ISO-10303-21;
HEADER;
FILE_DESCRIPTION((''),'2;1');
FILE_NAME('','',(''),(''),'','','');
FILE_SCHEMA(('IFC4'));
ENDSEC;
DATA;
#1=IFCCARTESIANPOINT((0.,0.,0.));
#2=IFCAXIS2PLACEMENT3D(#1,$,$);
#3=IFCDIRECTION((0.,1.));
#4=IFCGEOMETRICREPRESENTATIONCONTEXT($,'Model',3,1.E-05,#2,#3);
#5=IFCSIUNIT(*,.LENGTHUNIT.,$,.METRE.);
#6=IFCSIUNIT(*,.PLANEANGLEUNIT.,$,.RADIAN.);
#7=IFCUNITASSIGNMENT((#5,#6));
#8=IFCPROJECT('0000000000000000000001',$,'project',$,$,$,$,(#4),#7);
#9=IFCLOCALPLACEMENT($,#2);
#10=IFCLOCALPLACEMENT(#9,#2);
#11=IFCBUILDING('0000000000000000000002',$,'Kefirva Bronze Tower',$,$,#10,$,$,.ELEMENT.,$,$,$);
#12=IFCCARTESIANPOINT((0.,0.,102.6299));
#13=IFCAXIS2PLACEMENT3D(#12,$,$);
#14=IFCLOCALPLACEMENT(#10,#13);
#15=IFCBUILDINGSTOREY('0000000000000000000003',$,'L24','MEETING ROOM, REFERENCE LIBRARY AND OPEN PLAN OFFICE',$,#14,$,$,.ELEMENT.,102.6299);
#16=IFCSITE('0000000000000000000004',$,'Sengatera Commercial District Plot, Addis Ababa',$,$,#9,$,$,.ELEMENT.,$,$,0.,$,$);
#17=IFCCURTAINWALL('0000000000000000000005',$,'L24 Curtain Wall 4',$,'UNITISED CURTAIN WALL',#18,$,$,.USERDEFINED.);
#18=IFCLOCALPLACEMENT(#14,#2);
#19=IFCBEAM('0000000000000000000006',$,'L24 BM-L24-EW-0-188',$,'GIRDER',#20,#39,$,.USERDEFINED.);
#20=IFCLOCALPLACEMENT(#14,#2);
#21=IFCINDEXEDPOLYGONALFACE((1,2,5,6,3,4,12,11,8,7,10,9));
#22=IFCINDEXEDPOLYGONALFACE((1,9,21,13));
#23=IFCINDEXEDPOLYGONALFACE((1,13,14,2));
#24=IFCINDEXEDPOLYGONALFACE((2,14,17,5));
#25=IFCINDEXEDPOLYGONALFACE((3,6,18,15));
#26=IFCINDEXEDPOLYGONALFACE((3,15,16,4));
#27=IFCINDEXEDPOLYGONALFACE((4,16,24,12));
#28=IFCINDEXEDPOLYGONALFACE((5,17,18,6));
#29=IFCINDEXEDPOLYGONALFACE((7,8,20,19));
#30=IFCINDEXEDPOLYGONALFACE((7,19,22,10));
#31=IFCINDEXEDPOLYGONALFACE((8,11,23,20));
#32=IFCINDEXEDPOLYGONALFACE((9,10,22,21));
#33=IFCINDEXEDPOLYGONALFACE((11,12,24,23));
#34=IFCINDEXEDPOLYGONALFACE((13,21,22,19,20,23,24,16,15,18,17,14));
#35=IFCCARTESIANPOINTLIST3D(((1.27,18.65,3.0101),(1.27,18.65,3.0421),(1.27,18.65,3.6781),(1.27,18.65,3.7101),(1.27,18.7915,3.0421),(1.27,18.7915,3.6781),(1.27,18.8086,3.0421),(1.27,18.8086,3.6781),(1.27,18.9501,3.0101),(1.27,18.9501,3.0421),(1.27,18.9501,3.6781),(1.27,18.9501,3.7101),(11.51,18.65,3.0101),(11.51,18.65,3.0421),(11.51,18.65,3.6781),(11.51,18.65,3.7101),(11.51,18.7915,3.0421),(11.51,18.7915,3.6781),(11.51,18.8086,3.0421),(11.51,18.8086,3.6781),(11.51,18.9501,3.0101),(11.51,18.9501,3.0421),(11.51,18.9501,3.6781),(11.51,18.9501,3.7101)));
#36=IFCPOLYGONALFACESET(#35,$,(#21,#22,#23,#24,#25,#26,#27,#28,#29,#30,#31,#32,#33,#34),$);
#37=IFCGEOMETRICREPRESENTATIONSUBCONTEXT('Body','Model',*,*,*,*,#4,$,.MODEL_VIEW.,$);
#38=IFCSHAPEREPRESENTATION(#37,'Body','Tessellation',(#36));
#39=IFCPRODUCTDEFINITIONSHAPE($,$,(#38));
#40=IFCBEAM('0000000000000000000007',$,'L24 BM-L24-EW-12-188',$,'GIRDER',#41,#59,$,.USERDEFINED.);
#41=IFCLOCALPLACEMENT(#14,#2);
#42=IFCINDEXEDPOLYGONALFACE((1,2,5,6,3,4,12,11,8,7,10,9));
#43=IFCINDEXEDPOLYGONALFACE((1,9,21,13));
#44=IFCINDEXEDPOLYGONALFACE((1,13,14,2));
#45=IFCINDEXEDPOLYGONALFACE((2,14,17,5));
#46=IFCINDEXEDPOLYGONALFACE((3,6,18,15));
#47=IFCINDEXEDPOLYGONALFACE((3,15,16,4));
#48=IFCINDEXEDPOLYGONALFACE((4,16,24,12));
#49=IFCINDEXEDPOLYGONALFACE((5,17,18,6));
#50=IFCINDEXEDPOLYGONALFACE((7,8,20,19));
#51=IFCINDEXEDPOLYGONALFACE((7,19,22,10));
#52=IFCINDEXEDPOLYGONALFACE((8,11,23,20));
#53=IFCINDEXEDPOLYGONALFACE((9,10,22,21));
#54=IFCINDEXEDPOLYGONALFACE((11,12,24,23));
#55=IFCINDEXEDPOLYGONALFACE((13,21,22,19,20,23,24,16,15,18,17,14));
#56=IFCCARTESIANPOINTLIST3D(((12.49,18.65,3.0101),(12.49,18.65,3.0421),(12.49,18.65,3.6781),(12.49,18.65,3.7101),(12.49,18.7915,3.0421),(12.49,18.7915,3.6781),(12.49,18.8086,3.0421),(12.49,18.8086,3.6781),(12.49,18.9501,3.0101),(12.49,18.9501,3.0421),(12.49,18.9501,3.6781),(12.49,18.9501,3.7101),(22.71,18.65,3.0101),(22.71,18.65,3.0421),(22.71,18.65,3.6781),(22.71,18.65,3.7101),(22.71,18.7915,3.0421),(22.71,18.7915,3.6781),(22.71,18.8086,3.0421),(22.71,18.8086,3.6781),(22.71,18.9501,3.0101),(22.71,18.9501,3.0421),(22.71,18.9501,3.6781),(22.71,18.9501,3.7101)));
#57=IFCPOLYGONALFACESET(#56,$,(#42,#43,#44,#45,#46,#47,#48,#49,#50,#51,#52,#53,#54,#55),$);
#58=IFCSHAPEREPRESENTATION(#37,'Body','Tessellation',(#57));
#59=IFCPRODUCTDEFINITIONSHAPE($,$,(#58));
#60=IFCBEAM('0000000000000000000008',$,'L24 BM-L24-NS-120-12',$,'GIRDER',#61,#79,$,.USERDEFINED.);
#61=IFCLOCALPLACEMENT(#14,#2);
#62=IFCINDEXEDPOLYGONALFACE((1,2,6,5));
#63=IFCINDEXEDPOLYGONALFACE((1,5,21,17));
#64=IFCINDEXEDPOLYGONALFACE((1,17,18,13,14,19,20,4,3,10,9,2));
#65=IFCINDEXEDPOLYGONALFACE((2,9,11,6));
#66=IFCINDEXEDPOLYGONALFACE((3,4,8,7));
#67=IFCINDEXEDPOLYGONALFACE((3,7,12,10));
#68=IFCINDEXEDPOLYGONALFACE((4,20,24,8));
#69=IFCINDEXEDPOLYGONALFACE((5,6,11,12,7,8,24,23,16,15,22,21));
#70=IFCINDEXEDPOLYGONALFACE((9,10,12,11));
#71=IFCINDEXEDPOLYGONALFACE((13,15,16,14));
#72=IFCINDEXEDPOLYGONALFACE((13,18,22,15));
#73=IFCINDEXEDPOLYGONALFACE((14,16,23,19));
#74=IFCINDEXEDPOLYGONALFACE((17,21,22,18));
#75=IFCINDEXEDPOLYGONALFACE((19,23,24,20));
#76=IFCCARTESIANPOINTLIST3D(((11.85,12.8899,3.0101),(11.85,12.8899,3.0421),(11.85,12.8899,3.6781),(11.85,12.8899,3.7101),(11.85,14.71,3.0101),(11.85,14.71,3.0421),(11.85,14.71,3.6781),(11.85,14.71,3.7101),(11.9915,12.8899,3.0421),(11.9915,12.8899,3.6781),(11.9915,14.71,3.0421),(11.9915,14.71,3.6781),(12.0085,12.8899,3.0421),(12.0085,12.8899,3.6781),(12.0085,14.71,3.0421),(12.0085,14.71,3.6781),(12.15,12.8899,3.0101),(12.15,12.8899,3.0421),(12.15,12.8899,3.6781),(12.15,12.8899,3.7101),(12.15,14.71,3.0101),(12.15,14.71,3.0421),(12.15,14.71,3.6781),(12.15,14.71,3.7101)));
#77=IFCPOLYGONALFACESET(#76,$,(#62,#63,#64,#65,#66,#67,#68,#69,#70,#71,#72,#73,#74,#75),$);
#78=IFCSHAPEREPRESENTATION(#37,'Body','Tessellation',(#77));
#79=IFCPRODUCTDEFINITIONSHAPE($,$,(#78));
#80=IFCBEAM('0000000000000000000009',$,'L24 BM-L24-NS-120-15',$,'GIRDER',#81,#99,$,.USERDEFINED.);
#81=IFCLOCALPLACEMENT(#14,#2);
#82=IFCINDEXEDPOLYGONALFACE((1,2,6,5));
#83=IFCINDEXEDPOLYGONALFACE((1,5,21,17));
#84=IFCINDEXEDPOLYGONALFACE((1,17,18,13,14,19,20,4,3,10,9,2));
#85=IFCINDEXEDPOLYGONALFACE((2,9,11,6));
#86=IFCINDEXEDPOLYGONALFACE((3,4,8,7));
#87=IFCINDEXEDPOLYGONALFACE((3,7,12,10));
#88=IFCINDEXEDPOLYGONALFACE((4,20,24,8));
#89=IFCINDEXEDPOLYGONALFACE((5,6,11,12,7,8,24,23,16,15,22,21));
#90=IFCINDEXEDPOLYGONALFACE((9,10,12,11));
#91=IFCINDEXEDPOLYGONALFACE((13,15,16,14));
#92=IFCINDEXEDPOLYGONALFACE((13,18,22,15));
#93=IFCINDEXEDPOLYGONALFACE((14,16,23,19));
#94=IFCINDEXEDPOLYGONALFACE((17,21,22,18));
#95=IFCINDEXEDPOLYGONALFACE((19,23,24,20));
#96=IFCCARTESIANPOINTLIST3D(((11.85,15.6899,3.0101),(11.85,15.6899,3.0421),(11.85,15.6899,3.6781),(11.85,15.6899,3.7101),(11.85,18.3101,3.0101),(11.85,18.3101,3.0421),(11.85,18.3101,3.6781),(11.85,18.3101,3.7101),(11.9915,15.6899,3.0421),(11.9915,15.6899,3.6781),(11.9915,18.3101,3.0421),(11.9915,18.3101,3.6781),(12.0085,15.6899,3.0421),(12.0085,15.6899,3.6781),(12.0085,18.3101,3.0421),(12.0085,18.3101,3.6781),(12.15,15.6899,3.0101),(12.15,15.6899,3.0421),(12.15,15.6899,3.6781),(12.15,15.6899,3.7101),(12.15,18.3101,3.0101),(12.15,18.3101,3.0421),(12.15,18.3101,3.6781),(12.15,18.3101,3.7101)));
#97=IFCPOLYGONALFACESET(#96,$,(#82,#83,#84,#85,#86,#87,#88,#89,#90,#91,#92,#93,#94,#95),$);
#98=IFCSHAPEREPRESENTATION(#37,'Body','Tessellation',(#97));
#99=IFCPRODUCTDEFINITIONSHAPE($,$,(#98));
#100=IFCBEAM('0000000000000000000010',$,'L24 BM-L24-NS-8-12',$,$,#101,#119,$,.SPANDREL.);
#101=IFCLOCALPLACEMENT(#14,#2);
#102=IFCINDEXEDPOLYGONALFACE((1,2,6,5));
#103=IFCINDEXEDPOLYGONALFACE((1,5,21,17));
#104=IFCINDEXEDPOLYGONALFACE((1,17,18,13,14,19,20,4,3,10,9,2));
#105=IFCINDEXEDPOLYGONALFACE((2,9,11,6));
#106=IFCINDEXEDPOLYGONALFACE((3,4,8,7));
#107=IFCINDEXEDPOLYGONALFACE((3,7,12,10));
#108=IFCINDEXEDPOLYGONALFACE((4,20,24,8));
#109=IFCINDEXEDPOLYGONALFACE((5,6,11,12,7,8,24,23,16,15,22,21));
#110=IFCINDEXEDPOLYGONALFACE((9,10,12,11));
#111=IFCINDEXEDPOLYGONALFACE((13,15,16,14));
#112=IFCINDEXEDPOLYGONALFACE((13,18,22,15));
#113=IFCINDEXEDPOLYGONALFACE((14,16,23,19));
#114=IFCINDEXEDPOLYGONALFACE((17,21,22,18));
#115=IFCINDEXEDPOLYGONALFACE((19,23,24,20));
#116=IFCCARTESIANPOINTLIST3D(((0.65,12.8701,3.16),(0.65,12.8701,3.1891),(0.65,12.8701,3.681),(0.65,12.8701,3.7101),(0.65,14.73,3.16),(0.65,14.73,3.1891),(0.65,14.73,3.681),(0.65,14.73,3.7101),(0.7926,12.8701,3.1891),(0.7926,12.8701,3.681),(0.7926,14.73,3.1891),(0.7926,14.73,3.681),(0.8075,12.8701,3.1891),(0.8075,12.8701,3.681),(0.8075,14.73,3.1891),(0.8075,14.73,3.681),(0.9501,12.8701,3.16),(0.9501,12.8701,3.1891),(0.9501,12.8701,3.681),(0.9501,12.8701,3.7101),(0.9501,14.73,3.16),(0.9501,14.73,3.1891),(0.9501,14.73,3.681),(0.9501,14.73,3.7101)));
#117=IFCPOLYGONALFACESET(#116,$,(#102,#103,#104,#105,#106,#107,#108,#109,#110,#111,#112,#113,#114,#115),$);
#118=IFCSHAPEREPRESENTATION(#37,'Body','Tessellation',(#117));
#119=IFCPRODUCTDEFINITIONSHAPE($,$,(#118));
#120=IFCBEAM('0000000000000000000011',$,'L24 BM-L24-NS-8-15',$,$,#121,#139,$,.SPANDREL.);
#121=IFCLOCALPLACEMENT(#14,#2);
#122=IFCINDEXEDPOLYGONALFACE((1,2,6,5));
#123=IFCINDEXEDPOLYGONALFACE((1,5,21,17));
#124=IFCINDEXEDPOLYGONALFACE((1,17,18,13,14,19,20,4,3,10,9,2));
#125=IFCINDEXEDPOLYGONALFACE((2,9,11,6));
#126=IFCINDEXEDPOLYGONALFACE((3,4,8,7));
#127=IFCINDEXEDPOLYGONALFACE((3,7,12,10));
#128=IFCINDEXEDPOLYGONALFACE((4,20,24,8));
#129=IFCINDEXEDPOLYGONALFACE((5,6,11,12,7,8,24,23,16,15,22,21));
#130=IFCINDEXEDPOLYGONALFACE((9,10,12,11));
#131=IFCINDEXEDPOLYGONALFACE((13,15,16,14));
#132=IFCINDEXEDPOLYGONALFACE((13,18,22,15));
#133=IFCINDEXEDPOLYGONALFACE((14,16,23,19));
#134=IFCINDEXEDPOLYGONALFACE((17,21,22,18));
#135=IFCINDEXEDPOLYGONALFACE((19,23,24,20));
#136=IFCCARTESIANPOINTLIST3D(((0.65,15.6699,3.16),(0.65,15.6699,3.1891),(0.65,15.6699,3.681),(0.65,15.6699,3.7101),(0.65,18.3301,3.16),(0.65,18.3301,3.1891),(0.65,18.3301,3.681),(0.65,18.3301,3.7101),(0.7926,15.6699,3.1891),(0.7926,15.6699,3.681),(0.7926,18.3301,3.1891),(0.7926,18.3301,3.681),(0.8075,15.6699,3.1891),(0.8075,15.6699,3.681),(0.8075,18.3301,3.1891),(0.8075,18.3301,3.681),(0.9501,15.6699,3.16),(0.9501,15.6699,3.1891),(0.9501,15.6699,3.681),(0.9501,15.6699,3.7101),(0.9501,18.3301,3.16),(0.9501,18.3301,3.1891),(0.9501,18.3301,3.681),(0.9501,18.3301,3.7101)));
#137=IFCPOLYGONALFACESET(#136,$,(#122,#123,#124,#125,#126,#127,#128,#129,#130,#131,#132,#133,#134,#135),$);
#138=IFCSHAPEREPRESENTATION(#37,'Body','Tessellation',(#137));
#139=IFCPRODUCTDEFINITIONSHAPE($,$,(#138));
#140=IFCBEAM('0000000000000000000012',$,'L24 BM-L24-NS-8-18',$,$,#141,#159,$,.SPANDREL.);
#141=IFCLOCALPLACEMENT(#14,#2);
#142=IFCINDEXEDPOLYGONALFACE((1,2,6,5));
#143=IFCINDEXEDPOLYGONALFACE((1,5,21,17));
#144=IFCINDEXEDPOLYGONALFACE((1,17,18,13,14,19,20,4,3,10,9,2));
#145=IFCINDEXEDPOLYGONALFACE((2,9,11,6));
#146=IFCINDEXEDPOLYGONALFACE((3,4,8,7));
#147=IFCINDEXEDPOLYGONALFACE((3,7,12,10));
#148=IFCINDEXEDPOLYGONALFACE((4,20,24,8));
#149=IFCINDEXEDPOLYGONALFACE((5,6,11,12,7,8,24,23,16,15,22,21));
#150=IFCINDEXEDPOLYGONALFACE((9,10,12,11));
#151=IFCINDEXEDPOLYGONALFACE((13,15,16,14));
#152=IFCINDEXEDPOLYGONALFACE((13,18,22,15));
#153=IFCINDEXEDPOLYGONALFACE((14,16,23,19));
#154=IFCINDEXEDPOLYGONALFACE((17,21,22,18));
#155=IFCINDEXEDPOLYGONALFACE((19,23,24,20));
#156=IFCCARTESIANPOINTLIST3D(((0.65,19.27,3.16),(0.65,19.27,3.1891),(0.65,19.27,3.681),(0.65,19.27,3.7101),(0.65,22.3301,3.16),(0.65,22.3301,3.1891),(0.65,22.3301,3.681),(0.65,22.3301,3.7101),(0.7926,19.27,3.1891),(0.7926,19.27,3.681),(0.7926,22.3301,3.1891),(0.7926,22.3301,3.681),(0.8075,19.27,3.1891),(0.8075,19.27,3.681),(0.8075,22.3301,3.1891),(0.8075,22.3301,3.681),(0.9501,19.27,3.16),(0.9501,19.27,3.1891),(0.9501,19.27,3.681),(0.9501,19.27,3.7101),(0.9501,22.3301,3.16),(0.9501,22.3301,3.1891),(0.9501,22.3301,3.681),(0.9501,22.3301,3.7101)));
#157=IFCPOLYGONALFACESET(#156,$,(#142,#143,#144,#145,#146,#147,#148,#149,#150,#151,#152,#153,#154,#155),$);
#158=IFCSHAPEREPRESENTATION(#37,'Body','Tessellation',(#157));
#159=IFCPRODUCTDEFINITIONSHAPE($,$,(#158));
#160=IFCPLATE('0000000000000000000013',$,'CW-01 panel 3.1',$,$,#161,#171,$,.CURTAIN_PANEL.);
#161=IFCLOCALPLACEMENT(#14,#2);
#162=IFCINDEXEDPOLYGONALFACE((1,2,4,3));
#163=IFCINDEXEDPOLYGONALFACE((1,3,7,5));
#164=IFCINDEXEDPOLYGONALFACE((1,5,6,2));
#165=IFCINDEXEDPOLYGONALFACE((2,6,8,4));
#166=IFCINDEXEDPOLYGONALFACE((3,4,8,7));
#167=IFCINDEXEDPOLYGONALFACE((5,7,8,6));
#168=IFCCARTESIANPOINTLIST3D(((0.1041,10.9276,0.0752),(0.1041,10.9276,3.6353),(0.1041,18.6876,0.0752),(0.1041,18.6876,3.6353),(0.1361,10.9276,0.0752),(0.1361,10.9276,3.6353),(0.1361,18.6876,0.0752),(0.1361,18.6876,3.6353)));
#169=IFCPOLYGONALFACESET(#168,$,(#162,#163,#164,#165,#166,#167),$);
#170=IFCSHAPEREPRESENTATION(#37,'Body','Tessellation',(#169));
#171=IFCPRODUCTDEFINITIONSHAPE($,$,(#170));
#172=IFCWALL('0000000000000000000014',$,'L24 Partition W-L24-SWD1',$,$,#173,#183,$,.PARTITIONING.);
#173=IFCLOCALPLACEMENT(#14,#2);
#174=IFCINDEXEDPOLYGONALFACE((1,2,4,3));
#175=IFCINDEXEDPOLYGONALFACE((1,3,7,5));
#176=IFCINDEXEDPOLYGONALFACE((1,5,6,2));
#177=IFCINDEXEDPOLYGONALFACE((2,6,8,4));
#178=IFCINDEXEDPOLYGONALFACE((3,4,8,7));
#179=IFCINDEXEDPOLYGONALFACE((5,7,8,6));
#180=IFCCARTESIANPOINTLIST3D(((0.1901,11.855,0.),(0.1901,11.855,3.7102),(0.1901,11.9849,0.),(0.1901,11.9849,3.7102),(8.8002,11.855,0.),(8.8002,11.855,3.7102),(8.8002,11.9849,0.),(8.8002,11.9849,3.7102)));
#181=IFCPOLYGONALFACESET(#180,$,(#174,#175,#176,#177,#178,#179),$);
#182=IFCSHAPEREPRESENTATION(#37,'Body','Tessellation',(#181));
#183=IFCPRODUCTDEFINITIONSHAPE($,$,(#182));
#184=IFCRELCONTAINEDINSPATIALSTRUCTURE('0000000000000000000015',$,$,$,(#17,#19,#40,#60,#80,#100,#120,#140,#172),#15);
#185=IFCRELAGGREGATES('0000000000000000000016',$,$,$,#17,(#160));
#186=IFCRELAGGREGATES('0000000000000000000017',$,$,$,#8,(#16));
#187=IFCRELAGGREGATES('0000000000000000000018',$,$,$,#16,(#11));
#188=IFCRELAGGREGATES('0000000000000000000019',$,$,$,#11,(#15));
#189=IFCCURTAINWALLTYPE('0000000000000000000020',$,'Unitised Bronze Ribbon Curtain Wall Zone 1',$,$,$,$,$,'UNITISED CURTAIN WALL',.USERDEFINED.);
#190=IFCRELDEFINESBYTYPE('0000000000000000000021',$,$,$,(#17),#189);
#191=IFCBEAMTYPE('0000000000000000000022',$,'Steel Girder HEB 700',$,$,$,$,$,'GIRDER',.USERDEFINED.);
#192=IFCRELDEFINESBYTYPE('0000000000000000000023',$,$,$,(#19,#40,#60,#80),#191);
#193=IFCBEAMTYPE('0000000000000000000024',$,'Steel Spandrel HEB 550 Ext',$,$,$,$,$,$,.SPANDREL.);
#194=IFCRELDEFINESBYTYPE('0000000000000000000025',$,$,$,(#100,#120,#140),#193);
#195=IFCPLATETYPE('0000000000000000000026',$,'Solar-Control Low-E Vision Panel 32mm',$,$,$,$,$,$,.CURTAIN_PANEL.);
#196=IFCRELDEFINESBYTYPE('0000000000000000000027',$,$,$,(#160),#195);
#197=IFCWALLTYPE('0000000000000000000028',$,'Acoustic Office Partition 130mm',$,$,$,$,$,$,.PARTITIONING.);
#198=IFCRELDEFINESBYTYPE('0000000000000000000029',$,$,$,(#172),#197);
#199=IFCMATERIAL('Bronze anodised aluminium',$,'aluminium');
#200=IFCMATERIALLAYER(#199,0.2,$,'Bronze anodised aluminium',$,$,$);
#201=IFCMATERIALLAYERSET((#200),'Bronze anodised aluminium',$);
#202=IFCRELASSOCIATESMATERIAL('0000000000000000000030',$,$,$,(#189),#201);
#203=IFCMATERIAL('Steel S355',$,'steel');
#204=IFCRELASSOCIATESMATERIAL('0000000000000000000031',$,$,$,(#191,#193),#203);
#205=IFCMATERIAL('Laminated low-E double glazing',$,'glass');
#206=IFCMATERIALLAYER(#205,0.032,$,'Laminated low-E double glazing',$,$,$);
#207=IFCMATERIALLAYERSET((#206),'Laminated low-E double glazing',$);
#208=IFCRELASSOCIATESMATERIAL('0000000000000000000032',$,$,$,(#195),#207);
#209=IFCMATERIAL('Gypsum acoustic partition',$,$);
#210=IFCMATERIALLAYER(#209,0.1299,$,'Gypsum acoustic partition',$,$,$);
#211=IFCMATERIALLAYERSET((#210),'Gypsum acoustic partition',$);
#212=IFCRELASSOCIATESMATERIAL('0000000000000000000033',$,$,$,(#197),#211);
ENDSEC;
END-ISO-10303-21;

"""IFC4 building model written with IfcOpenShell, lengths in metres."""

from ifc_helpers import new_model, si_unit, direction, frame, frame_2d, origin, origin_2d, place, context, subcontext, project, spatial, rectangle, i_section, extrude, material, layer, layer_set, material_profile, profile_set, type_object, element, aggregate, save


model = new_model("IFC4")

# Units and contexts
model_context = context("Model", 3, precision=1e-05, world=origin(), true_north=direction((0.0, 1.0)))
body_context = subcontext(model_context, "Body", "Model", "MODEL_VIEW")
ifc_project = project(units=[si_unit("LENGTHUNIT", "METRE"), si_unit("PLANEANGLEUNIT", "RADIAN")], contexts=[model_context])

# Site, building, storey
site_placement = place(None, origin())
site = spatial("IfcSite", under=ifc_project, at=site_placement, Name="Sengatera Commercial District Plot, Addis Ababa", CompositionType="ELEMENT", RefElevation=0.0)
building_placement = place(site_placement, origin())
building = spatial("IfcBuilding", under=site, at=building_placement, Name="Kefirva Bronze Tower", CompositionType="ELEMENT")
storey_placement = place(building_placement, frame((0.0, 0.0, 102.6299)))
storey = spatial("IfcBuildingStorey", under=building, at=storey_placement, Name="L24", Description="MEETING ROOM, REFERENCE LIBRARY AND OPEN PLAN OFFICE", CompositionType="ELEMENT", Elevation=102.6299)

# Curtain wall
ifc_material_1 = material(Name="Bronze anodised aluminium", Category="aluminium")
ifc_layer_1 = layer(ifc_material_1, 0.2, Name="Bronze anodised aluminium")
ifc_layer_set_1 = layer_set([ifc_layer_1], Name="Bronze anodised aluminium")
curtain_wall_type = type_object("IfcCurtainWallType", Name="Unitised Bronze Ribbon Curtain Wall Zone 1", ElementType="UNITISED CURTAIN WALL", PredefinedType="USERDEFINED", material=ifc_layer_set_1)
curtain_wall_placement = place(storey_placement, origin())
curtain_wall = element("IfcCurtainWall", 1, at=curtain_wall_placement, inside=storey, type_object=curtain_wall_type, Name="L24 Curtain Wall 4", ObjectType="UNITISED CURTAIN WALL", PredefinedType="USERDEFINED")

# Beams
ifc_material_2 = material(Name="Steel S355", Category="steel")
ifc_material_profile_1 = material_profile(ifc_material_2, i_section(OverallWidth=0.3, OverallDepth=0.7, WebThickness=0.0171, FlangeThickness=0.032, at=origin_2d()), Name="HEB 700")
ifc_profile_set_1 = profile_set([ifc_material_profile_1], Name="Steel S355")
beam_type_1 = type_object("IfcBeamType", Name="Steel Girder HEB 700", ElementType="GIRDER", PredefinedType="USERDEFINED", material=ifc_profile_set_1)
for number, where, z_axis, x_axis, name in (
    (2, (1.27, 18.8, 3.3601), (1.0, 0.0, 0.0), (0.0, 1.0, 0.0), "L24 BM-L24-EW-0-188"),
):
    element("IfcBeam", number, at=place(storey_placement, frame(where, z_axis=z_axis, x_axis=x_axis)), inside=storey, type_object=beam_type_1, Name=name, ObjectType="GIRDER", PredefinedType="USERDEFINED", context=body_context, shape_type="SweptSolid", body=[
        extrude(i_section(OverallWidth=0.3, OverallDepth=0.7, WebThickness=0.0171, FlangeThickness=0.032, at=origin_2d()), origin(), (0.0, 0.0, 1.0), 10.24),
    ])
beam_1_placement = place(storey_placement, frame((12.49, 18.8, 3.3601), z_axis=(1.0, 0.0, 0.0), x_axis=(0.0, 1.0, 0.0)))
element("IfcBeam", 3, at=beam_1_placement, inside=storey, type_object=beam_type_1, Name="L24 BM-L24-EW-12-188", ObjectType="GIRDER", PredefinedType="USERDEFINED", context=body_context, shape_type="SweptSolid", body=[
    extrude(i_section(OverallWidth=0.3, OverallDepth=0.7, WebThickness=0.0171, FlangeThickness=0.032, at=origin_2d()), origin(), (0.0, 0.0, 1.0), 10.22),
])
beam_2_placement = place(storey_placement, frame((12.0, 12.8899, 3.3601), z_axis=(0.0, 1.0, 0.0), x_axis=(-1.0, 0.0, 0.0)))
element("IfcBeam", 4, at=beam_2_placement, inside=storey, type_object=beam_type_1, Name="L24 BM-L24-NS-120-12", ObjectType="GIRDER", PredefinedType="USERDEFINED", context=body_context, shape_type="SweptSolid", body=[
    extrude(i_section(OverallWidth=0.3, OverallDepth=0.7, WebThickness=0.0171, FlangeThickness=0.032, at=origin_2d()), origin(), (0.0, 0.0, 1.0), 1.8201),
])
beam_3_placement = place(storey_placement, frame((12.0, 15.6899, 3.3601), z_axis=(0.0, 1.0, 0.0), x_axis=(-1.0, 0.0, 0.0)))
element("IfcBeam", 5, at=beam_3_placement, inside=storey, type_object=beam_type_1, Name="L24 BM-L24-NS-120-15", ObjectType="GIRDER", PredefinedType="USERDEFINED", context=body_context, shape_type="SweptSolid", body=[
    extrude(i_section(OverallWidth=0.3, OverallDepth=0.7, WebThickness=0.0171, FlangeThickness=0.032, at=origin_2d()), origin(), (0.0, 0.0, 1.0), 2.6201),
])
ifc_material_profile_2 = material_profile(ifc_material_2, i_section(OverallWidth=0.3, OverallDepth=0.55, WebThickness=0.0149, FlangeThickness=0.0291, at=origin_2d()), Name="HEB 550")
ifc_profile_set_2 = profile_set([ifc_material_profile_2], Name="Steel S355")
beam_type_2 = type_object("IfcBeamType", Name="Steel Spandrel HEB 550 Ext", PredefinedType="SPANDREL", material=ifc_profile_set_2)
beam_4_placement = place(storey_placement, frame((0.8, 12.8701, 3.4351), z_axis=(0.0, 1.0, 0.0), x_axis=(-1.0, 0.0, 0.0)))
element("IfcBeam", 6, at=beam_4_placement, inside=storey, type_object=beam_type_2, Name="L24 BM-L24-NS-8-12", PredefinedType="SPANDREL", context=body_context, shape_type="SweptSolid", body=[
    extrude(i_section(OverallWidth=0.3, OverallDepth=0.55, WebThickness=0.0149, FlangeThickness=0.0291, at=origin_2d()), origin(), (0.0, 0.0, 1.0), 1.8599),
])
beam_5_placement = place(storey_placement, frame((0.8, 15.6699, 3.4351), z_axis=(0.0, 1.0, 0.0), x_axis=(-1.0, 0.0, 0.0)))
element("IfcBeam", 7, at=beam_5_placement, inside=storey, type_object=beam_type_2, Name="L24 BM-L24-NS-8-15", PredefinedType="SPANDREL", context=body_context, shape_type="SweptSolid", body=[
    extrude(i_section(OverallWidth=0.3, OverallDepth=0.55, WebThickness=0.0149, FlangeThickness=0.0291, at=origin_2d()), origin(), (0.0, 0.0, 1.0), 2.6602),
])
beam_6_placement = place(storey_placement, frame((0.8, 19.27, 3.4351), z_axis=(0.0, 1.0, 0.0), x_axis=(-1.0, 0.0, 0.0)))
element("IfcBeam", 8, at=beam_6_placement, inside=storey, type_object=beam_type_2, Name="L24 BM-L24-NS-8-18", PredefinedType="SPANDREL", context=body_context, shape_type="SweptSolid", body=[
    extrude(i_section(OverallWidth=0.3, OverallDepth=0.55, WebThickness=0.0149, FlangeThickness=0.0291, at=origin_2d()), origin(), (0.0, 0.0, 1.0), 3.0601),
])

# Plate
ifc_material_3 = material(Name="Laminated low-E double glazing", Category="glass")
ifc_layer_2 = layer(ifc_material_3, 0.032, Name="Laminated low-E double glazing")
ifc_layer_set_2 = layer_set([ifc_layer_2], Name="Laminated low-E double glazing")
plate_type = type_object("IfcPlateType", Name="Solar-Control Low-E Vision Panel 32mm", PredefinedType="CURTAIN_PANEL", material=ifc_layer_set_2)
plate_placement = place(storey_placement, frame((0.1201, 14.8076, 0.0752), z_axis=(0.0, 0.0, 1.0), x_axis=(0.0, -1.0, 0.0)))
plate = element("IfcPlate", 9, at=plate_placement, type_object=plate_type, Name="CW-01 panel 3.1", PredefinedType="CURTAIN_PANEL", context=body_context, shape_type="SweptSolid", body=[
    extrude(rectangle(XDim=7.76, YDim=0.032, at=origin_2d()), origin(), (0.0, 0.0, 1.0), 3.5601),
])
aggregate(curtain_wall, [plate])

# Wall
ifc_material_4 = material(Name="Gypsum acoustic partition")
ifc_layer_3 = layer(ifc_material_4, 0.1299, Name="Gypsum acoustic partition")
ifc_layer_set_3 = layer_set([ifc_layer_3], Name="Gypsum acoustic partition")
wall_type = type_object("IfcWallType", Name="Acoustic Office Partition 130mm", PredefinedType="PARTITIONING", material=ifc_layer_set_3)
wall_1_placement = place(storey_placement, frame((0.1899, 11.9199, 0.0), z_axis=(0.0, 0.0, 1.0), x_axis=(1.0, 0.0, 0.0)))
element("IfcWall", 10, at=wall_1_placement, inside=storey, type_object=wall_type, Name="L24 Partition W-L24-SWD1", PredefinedType="PARTITIONING", context=body_context, shape_type="SweptSolid", body=[
    extrude(rectangle(XDim=8.6101, YDim=0.1299, at=frame_2d((4.3052, 0.0))), origin(), (0.0, 0.0, 1.0), 3.7102),
])

save(model, "model.ifc")
